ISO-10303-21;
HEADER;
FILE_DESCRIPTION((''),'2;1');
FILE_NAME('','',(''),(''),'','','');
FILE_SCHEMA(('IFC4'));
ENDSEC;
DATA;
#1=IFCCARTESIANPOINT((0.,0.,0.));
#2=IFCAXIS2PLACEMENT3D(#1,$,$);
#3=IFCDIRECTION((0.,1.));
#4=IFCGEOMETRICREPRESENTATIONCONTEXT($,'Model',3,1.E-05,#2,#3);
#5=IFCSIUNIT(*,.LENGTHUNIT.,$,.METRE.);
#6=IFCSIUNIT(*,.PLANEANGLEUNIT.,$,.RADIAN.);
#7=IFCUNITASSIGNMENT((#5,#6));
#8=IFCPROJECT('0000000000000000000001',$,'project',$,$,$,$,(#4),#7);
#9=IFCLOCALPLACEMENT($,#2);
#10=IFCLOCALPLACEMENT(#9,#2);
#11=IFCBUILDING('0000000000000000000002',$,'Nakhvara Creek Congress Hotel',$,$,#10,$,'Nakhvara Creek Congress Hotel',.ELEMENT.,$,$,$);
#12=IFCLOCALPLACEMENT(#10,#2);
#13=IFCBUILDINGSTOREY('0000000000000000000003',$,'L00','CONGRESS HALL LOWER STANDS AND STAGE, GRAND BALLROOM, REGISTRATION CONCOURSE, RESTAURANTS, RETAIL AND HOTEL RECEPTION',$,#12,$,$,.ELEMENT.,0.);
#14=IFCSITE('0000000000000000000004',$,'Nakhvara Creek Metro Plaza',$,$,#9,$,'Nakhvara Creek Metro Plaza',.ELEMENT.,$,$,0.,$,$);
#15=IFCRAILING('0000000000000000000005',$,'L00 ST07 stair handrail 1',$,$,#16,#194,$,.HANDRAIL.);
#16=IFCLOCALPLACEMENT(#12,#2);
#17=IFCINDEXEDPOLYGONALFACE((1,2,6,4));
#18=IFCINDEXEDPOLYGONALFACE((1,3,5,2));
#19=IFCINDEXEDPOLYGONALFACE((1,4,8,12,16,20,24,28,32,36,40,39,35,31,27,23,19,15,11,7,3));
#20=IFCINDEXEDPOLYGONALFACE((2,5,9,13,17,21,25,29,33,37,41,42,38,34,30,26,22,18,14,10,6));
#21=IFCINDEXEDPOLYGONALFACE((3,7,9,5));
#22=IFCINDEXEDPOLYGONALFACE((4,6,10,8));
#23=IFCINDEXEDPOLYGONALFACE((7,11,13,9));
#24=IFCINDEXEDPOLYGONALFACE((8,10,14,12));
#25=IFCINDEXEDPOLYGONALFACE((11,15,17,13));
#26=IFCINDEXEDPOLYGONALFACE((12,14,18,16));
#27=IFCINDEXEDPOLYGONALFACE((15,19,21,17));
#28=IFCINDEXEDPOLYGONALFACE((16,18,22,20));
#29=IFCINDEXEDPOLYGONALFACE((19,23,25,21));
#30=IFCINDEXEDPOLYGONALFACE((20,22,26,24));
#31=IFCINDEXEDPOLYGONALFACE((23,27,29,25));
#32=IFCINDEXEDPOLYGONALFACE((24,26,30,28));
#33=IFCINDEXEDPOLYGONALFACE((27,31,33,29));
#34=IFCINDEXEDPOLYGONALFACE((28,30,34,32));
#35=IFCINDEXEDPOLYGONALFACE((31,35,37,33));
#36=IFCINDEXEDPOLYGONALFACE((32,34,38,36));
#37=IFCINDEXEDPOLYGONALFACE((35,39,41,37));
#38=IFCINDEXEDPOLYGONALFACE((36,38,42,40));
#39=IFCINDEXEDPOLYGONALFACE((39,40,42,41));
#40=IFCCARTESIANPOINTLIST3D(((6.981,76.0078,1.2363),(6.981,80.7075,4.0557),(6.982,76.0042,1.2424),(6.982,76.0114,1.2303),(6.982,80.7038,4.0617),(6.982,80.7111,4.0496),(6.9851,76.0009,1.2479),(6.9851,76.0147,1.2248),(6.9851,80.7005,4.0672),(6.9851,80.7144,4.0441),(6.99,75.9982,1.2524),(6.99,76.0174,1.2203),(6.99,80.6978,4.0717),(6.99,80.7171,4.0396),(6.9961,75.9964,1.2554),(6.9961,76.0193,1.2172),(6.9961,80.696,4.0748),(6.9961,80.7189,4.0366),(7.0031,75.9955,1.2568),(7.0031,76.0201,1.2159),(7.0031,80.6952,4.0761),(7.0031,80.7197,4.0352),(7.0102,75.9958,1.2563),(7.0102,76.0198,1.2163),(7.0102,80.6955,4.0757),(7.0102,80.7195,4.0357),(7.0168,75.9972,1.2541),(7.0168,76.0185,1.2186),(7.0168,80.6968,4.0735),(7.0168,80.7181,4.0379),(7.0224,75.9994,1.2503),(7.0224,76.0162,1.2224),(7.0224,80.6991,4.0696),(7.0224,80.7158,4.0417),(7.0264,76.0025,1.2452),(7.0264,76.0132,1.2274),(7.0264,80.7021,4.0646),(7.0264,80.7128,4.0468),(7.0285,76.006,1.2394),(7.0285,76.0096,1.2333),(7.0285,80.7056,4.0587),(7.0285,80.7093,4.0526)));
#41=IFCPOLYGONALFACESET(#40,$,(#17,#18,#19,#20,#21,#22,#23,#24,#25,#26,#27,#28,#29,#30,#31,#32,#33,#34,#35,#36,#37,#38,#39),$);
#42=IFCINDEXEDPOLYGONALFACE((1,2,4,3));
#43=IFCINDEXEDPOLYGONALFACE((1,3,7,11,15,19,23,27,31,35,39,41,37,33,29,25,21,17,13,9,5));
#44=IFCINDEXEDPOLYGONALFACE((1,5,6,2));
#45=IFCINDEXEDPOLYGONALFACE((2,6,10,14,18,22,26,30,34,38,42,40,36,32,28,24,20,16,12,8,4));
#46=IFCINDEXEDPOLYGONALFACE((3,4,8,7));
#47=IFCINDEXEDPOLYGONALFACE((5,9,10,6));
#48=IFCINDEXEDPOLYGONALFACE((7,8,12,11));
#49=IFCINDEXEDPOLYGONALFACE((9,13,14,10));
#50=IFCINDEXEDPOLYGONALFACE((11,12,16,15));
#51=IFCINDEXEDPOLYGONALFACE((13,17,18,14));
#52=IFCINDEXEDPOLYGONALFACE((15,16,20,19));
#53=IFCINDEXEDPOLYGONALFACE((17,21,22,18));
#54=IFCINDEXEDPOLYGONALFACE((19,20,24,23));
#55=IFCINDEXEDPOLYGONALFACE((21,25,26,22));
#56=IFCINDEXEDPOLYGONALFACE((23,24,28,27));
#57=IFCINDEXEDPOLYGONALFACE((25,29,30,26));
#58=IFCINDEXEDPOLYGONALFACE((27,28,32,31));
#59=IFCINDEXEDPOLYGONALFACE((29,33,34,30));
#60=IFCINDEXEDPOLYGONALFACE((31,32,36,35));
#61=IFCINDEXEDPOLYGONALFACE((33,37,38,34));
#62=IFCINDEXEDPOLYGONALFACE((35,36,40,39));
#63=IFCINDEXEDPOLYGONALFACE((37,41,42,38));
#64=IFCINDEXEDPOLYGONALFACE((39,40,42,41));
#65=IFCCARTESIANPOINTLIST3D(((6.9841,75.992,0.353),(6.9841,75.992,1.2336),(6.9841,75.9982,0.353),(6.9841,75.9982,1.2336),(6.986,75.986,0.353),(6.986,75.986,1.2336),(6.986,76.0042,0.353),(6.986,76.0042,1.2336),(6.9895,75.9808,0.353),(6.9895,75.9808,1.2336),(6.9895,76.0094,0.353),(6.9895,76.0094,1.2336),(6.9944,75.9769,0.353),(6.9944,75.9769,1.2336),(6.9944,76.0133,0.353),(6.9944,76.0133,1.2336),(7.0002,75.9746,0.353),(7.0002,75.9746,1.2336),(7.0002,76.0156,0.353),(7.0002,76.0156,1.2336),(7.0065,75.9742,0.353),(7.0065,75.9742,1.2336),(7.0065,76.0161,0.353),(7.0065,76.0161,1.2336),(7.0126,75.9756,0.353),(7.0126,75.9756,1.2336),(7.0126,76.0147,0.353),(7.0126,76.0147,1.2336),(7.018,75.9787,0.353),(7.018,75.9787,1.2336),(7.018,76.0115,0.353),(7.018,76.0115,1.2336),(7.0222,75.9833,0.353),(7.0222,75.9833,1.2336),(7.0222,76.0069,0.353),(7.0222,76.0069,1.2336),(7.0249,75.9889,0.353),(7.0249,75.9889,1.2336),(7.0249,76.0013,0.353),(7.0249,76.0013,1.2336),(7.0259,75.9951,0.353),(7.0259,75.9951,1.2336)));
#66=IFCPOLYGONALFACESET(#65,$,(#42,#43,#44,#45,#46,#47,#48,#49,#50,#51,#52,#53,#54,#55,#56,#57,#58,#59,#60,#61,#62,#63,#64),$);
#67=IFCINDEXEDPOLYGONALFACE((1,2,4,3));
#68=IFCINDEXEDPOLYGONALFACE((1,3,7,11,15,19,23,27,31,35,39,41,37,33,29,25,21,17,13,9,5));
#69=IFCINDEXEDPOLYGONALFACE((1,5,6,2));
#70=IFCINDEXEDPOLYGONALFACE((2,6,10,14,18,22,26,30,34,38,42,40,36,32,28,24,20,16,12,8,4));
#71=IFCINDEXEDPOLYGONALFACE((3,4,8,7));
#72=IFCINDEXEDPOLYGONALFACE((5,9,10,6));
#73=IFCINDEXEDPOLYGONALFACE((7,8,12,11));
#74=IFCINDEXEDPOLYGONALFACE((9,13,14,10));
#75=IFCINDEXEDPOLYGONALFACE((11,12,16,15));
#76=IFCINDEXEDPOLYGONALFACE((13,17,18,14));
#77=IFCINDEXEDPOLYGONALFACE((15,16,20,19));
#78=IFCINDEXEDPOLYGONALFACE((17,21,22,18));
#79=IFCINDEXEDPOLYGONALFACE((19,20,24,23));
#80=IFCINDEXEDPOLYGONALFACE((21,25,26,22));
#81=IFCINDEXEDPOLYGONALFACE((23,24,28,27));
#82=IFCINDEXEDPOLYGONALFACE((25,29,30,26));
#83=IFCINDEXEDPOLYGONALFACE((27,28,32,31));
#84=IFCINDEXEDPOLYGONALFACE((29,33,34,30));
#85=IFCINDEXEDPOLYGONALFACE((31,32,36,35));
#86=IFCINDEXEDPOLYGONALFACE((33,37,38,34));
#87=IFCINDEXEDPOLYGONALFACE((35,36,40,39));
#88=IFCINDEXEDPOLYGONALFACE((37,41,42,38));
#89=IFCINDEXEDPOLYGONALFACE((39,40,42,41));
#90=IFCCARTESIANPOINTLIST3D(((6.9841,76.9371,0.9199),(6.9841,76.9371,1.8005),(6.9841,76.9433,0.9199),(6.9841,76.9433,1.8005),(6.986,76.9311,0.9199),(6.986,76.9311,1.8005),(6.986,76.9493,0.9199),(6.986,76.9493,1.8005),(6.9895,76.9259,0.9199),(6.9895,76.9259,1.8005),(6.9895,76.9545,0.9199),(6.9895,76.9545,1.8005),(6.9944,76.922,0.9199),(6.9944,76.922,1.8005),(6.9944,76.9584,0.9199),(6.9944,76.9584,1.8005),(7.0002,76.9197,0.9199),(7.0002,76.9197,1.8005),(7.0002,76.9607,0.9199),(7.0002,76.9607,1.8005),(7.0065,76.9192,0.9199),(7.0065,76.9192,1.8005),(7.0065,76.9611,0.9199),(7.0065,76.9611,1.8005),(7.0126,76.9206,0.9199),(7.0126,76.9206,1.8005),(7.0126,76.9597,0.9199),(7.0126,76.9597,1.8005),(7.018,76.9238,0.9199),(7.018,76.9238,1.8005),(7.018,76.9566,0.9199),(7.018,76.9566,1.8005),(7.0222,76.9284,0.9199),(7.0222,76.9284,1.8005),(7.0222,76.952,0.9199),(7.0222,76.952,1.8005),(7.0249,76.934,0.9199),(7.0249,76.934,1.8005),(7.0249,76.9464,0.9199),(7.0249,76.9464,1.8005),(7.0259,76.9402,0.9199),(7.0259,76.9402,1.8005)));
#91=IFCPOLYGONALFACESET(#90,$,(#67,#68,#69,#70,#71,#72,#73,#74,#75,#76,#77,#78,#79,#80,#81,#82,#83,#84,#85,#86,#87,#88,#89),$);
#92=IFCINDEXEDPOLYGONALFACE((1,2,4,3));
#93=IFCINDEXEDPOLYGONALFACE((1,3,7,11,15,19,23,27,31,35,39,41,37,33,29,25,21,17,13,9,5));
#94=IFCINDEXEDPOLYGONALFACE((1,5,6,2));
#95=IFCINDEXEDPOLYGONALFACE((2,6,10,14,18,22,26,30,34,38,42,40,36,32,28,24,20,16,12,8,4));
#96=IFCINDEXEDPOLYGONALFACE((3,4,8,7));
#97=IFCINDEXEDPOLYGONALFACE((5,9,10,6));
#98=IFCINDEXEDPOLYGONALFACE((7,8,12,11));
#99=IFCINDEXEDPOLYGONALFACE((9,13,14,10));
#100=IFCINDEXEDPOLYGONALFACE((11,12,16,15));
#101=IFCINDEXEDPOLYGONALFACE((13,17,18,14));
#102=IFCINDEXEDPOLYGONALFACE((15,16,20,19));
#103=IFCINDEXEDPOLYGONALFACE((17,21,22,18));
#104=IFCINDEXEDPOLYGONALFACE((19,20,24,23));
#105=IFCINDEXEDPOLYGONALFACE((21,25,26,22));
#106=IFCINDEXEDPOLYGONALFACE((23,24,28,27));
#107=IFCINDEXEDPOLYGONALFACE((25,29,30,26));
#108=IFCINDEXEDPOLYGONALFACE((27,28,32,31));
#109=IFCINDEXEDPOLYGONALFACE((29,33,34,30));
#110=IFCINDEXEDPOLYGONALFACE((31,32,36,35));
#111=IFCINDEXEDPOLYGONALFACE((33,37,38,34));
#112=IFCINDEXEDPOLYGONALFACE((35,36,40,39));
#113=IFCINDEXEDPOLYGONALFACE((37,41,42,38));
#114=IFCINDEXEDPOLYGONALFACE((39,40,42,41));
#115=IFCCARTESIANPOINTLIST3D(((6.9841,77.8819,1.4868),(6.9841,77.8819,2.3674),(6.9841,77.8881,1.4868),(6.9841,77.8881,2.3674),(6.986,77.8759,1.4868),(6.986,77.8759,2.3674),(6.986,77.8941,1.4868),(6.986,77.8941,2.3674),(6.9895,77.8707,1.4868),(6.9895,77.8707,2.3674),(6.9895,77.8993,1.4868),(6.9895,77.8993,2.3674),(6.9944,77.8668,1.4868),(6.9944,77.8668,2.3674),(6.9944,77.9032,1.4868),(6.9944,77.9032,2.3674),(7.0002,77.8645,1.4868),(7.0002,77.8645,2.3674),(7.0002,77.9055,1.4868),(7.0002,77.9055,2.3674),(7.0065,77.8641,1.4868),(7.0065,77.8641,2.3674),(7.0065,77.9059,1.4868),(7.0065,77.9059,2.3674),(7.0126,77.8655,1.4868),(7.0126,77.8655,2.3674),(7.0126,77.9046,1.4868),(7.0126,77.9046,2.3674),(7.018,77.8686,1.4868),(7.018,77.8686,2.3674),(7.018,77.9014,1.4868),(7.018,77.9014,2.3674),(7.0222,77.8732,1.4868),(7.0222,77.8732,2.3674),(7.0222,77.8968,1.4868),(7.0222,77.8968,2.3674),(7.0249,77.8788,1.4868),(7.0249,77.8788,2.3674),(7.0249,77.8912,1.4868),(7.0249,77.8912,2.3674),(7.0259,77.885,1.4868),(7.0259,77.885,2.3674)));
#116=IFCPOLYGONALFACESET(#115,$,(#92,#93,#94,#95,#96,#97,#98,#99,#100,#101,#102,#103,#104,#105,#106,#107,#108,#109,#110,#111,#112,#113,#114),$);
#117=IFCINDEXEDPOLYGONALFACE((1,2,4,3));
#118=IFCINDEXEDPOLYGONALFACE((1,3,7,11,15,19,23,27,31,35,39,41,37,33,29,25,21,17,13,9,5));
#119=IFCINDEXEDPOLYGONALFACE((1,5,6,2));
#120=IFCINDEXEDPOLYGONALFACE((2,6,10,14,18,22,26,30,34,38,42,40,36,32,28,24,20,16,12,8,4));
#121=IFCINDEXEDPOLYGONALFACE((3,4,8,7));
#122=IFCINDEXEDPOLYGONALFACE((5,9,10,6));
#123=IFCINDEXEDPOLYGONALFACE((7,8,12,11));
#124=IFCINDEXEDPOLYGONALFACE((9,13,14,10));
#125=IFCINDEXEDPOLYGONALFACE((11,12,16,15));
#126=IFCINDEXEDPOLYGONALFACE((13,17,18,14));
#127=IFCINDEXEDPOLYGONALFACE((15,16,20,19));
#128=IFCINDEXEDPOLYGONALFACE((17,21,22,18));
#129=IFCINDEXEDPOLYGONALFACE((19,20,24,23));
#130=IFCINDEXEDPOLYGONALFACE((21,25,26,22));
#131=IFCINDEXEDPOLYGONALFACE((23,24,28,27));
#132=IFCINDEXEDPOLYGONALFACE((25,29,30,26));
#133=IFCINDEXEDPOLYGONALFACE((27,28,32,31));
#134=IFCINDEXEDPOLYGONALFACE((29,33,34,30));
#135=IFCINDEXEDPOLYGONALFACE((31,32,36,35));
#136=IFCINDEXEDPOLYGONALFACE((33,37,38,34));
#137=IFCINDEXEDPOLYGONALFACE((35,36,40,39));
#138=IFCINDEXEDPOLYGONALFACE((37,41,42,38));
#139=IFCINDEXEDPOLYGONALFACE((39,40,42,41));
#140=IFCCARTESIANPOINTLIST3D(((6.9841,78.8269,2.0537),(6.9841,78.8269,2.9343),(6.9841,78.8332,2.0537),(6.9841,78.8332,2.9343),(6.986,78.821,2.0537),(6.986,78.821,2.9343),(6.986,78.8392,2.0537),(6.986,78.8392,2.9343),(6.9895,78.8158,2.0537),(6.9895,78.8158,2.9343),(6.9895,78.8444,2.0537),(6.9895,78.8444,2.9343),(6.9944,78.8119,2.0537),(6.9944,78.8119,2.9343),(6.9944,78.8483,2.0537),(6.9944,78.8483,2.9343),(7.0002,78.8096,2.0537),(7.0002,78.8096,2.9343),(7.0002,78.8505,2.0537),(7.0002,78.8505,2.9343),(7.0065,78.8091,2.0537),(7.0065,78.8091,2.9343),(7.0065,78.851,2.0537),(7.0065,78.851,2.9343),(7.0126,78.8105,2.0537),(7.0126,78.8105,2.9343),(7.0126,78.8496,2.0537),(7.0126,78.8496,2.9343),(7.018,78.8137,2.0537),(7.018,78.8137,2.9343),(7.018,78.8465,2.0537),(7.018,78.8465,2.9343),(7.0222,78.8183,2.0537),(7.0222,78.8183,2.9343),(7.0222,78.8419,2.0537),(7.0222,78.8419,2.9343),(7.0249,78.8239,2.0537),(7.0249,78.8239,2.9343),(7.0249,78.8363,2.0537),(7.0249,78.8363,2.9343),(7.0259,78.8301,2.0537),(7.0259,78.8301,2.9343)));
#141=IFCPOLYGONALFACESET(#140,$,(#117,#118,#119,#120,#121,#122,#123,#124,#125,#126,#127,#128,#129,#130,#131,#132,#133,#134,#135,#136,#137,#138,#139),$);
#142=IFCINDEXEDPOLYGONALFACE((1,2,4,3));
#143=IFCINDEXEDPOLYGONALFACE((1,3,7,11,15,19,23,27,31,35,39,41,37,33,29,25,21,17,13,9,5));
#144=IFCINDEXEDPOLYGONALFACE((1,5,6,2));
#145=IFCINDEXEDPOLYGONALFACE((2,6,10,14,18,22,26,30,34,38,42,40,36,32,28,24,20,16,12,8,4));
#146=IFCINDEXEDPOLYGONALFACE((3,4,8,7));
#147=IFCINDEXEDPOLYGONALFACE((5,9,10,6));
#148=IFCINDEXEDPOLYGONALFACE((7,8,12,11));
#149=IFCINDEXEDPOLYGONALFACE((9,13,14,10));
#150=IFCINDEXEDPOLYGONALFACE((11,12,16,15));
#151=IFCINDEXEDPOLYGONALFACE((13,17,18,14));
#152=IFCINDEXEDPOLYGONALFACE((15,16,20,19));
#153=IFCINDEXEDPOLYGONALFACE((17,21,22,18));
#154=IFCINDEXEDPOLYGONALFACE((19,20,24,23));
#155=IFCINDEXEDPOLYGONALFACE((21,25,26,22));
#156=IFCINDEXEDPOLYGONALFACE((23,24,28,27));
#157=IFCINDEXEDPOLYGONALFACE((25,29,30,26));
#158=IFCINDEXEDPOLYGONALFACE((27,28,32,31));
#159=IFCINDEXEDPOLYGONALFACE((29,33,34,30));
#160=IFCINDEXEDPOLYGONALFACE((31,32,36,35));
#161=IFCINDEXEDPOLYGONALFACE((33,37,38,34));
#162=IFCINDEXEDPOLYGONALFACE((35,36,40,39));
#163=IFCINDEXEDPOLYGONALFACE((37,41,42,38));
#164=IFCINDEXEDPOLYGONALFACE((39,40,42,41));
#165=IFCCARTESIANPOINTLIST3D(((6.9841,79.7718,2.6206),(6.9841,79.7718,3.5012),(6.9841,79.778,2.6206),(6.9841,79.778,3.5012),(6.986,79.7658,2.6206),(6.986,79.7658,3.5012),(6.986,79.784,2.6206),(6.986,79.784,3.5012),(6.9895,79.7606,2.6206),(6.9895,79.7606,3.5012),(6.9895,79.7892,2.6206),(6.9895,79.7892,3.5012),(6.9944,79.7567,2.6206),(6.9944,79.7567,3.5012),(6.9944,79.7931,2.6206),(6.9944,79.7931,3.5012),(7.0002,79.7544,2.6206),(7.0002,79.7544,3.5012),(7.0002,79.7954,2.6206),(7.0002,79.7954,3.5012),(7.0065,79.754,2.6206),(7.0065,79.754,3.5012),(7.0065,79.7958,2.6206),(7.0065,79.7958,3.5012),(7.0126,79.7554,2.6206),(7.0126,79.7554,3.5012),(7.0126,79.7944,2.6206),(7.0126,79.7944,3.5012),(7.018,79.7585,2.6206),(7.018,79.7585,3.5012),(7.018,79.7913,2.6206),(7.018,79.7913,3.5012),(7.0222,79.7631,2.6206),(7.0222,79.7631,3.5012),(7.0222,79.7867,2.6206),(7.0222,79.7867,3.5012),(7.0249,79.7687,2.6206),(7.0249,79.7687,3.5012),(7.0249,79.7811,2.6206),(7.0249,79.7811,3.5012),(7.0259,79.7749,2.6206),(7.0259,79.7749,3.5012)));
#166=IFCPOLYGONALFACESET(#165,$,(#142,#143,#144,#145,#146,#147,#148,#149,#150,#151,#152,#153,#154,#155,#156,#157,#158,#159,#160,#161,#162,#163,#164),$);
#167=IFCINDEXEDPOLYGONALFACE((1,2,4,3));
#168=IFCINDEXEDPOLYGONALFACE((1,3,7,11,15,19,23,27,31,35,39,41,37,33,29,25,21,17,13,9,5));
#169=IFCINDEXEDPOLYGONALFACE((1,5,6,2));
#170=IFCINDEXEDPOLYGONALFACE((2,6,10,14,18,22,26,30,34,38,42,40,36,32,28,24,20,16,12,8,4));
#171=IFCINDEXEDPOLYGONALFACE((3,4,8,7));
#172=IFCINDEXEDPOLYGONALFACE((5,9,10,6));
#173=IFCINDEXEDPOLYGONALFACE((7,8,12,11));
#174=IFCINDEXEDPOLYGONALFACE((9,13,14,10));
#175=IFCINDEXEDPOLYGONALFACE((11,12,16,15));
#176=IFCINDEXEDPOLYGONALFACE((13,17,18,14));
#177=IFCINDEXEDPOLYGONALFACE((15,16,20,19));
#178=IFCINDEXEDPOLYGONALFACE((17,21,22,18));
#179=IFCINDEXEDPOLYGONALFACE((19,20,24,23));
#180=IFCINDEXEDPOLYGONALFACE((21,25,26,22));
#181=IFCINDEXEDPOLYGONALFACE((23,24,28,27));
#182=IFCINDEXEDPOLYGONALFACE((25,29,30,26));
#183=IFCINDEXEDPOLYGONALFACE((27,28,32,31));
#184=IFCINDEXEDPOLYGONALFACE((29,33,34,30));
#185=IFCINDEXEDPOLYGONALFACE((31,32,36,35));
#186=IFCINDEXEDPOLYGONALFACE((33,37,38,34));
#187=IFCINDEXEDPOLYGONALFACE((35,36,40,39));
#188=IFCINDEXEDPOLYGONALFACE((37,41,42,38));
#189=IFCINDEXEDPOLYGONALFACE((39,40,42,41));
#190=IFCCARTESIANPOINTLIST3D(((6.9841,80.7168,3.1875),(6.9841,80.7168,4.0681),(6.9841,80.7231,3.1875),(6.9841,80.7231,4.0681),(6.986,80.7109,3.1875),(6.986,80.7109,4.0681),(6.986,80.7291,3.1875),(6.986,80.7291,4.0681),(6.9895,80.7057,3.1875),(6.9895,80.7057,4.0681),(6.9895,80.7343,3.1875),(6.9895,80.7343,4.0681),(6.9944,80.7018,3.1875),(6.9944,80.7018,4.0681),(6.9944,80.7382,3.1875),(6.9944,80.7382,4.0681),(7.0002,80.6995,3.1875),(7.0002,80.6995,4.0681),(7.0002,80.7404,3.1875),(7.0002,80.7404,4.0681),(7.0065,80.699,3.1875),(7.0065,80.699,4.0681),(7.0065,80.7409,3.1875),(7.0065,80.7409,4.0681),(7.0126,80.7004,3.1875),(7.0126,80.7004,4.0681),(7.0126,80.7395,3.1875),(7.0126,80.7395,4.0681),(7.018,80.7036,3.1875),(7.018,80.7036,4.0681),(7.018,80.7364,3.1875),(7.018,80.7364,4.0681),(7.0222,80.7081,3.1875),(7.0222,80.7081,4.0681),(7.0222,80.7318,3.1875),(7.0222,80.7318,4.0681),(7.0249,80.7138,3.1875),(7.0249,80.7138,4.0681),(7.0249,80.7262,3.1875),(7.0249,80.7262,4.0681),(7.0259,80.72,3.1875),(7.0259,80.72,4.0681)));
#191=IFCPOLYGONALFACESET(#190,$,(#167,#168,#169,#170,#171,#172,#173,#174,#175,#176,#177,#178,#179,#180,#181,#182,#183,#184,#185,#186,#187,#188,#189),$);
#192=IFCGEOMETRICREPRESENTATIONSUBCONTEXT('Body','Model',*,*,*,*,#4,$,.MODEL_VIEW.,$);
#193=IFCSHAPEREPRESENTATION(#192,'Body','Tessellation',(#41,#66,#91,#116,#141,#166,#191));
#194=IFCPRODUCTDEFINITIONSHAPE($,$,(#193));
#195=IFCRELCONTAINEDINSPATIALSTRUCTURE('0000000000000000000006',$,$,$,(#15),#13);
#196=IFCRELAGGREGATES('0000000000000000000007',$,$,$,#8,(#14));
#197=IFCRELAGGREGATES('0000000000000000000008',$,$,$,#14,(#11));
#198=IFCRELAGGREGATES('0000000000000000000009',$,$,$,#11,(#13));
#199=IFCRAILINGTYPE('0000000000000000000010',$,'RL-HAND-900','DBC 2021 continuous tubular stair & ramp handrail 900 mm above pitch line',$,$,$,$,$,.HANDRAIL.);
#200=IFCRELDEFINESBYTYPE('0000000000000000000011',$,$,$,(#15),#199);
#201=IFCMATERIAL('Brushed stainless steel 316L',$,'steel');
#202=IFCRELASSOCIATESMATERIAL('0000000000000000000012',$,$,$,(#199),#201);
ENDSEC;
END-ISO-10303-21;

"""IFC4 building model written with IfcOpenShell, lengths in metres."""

from ifc_helpers import new_model, si_unit, direction, frame, origin, origin_2d, place, context, subcontext, project, spatial, circle, extrude, material, type_object, element, save


model = new_model("IFC4")

# Units and contexts
model_context = context("Model", 3, precision=1e-05, world=origin(), true_north=direction((0.0, 1.0)))
body_context = subcontext(model_context, "Body", "Model", "MODEL_VIEW")
ifc_project = project(units=[si_unit("LENGTHUNIT", "METRE"), si_unit("PLANEANGLEUNIT", "RADIAN")], contexts=[model_context])

# Site, building, storey
site_placement = place(None, origin())
site = spatial("IfcSite", under=ifc_project, at=site_placement, Name="Nakhvara Creek Metro Plaza", LongName="Nakhvara Creek Metro Plaza", CompositionType="ELEMENT", RefElevation=0.0)
building_placement = place(site_placement, origin())
building = spatial("IfcBuilding", under=site, at=building_placement, Name="Nakhvara Creek Congress Hotel", LongName="Nakhvara Creek Congress Hotel", CompositionType="ELEMENT")
storey_placement = place(building_placement, origin())
storey = spatial("IfcBuildingStorey", under=building, at=storey_placement, Name="L00", Description="CONGRESS HALL LOWER STANDS AND STAGE, GRAND BALLROOM, REGISTRATION CONCOURSE, RESTAURANTS, RETAIL AND HOTEL RECEPTION", CompositionType="ELEMENT", Elevation=0.0)

# Railing
ifc_material_1 = material(Name="Brushed stainless steel 316L", Category="steel")
railing_type_1 = type_object("IfcRailingType", Name="RL-HAND-900", Description="DBC 2021 continuous tubular stair & ramp handrail 900 mm above pitch line", PredefinedType="HANDRAIL", material=ifc_material_1)
railing_1_placement = place(storey_placement, frame((7.0049, 75.9951, 0.353)))
element("IfcRailing", 1, at=railing_1_placement, inside=storey, type_object=railing_type_1, Name="L00 ST07 stair handrail 1", PredefinedType="HANDRAIL", context=body_context, shape_type="SweptSolid", body=[
    extrude(circle(Radius=0.0239, at=origin_2d()), frame((0.0, 0.0127, 0.8833), z_axis=(0.0, 0.857528, 0.514437), x_axis=(-1.0, 0.0, 0.0)), (0.0, 0.0, 1.0), 5.4805),
    extrude(circle(Radius=0.021, at=origin_2d()), origin(), (0.0, 0.0, 1.0), 0.8806),
    extrude(circle(Radius=0.021, at=origin_2d()), frame((0.0, 0.9451, 0.5669)), (0.0, 0.0, 1.0), 0.8806),
    extrude(circle(Radius=0.021, at=origin_2d()), frame((0.0, 1.8899, 1.1338)), (0.0, 0.0, 1.0), 0.8806),
    extrude(circle(Radius=0.021, at=origin_2d()), frame((0.0, 2.835, 1.7007)), (0.0, 0.0, 1.0), 0.8806),
    extrude(circle(Radius=0.021, at=origin_2d()), frame((0.0, 3.7798, 2.2676)), (0.0, 0.0, 1.0), 0.8806),
    extrude(circle(Radius=0.021, at=origin_2d()), frame((0.0, 4.7249, 2.8345)), (0.0, 0.0, 1.0), 0.8806),
])

save(model, "model.ifc")
